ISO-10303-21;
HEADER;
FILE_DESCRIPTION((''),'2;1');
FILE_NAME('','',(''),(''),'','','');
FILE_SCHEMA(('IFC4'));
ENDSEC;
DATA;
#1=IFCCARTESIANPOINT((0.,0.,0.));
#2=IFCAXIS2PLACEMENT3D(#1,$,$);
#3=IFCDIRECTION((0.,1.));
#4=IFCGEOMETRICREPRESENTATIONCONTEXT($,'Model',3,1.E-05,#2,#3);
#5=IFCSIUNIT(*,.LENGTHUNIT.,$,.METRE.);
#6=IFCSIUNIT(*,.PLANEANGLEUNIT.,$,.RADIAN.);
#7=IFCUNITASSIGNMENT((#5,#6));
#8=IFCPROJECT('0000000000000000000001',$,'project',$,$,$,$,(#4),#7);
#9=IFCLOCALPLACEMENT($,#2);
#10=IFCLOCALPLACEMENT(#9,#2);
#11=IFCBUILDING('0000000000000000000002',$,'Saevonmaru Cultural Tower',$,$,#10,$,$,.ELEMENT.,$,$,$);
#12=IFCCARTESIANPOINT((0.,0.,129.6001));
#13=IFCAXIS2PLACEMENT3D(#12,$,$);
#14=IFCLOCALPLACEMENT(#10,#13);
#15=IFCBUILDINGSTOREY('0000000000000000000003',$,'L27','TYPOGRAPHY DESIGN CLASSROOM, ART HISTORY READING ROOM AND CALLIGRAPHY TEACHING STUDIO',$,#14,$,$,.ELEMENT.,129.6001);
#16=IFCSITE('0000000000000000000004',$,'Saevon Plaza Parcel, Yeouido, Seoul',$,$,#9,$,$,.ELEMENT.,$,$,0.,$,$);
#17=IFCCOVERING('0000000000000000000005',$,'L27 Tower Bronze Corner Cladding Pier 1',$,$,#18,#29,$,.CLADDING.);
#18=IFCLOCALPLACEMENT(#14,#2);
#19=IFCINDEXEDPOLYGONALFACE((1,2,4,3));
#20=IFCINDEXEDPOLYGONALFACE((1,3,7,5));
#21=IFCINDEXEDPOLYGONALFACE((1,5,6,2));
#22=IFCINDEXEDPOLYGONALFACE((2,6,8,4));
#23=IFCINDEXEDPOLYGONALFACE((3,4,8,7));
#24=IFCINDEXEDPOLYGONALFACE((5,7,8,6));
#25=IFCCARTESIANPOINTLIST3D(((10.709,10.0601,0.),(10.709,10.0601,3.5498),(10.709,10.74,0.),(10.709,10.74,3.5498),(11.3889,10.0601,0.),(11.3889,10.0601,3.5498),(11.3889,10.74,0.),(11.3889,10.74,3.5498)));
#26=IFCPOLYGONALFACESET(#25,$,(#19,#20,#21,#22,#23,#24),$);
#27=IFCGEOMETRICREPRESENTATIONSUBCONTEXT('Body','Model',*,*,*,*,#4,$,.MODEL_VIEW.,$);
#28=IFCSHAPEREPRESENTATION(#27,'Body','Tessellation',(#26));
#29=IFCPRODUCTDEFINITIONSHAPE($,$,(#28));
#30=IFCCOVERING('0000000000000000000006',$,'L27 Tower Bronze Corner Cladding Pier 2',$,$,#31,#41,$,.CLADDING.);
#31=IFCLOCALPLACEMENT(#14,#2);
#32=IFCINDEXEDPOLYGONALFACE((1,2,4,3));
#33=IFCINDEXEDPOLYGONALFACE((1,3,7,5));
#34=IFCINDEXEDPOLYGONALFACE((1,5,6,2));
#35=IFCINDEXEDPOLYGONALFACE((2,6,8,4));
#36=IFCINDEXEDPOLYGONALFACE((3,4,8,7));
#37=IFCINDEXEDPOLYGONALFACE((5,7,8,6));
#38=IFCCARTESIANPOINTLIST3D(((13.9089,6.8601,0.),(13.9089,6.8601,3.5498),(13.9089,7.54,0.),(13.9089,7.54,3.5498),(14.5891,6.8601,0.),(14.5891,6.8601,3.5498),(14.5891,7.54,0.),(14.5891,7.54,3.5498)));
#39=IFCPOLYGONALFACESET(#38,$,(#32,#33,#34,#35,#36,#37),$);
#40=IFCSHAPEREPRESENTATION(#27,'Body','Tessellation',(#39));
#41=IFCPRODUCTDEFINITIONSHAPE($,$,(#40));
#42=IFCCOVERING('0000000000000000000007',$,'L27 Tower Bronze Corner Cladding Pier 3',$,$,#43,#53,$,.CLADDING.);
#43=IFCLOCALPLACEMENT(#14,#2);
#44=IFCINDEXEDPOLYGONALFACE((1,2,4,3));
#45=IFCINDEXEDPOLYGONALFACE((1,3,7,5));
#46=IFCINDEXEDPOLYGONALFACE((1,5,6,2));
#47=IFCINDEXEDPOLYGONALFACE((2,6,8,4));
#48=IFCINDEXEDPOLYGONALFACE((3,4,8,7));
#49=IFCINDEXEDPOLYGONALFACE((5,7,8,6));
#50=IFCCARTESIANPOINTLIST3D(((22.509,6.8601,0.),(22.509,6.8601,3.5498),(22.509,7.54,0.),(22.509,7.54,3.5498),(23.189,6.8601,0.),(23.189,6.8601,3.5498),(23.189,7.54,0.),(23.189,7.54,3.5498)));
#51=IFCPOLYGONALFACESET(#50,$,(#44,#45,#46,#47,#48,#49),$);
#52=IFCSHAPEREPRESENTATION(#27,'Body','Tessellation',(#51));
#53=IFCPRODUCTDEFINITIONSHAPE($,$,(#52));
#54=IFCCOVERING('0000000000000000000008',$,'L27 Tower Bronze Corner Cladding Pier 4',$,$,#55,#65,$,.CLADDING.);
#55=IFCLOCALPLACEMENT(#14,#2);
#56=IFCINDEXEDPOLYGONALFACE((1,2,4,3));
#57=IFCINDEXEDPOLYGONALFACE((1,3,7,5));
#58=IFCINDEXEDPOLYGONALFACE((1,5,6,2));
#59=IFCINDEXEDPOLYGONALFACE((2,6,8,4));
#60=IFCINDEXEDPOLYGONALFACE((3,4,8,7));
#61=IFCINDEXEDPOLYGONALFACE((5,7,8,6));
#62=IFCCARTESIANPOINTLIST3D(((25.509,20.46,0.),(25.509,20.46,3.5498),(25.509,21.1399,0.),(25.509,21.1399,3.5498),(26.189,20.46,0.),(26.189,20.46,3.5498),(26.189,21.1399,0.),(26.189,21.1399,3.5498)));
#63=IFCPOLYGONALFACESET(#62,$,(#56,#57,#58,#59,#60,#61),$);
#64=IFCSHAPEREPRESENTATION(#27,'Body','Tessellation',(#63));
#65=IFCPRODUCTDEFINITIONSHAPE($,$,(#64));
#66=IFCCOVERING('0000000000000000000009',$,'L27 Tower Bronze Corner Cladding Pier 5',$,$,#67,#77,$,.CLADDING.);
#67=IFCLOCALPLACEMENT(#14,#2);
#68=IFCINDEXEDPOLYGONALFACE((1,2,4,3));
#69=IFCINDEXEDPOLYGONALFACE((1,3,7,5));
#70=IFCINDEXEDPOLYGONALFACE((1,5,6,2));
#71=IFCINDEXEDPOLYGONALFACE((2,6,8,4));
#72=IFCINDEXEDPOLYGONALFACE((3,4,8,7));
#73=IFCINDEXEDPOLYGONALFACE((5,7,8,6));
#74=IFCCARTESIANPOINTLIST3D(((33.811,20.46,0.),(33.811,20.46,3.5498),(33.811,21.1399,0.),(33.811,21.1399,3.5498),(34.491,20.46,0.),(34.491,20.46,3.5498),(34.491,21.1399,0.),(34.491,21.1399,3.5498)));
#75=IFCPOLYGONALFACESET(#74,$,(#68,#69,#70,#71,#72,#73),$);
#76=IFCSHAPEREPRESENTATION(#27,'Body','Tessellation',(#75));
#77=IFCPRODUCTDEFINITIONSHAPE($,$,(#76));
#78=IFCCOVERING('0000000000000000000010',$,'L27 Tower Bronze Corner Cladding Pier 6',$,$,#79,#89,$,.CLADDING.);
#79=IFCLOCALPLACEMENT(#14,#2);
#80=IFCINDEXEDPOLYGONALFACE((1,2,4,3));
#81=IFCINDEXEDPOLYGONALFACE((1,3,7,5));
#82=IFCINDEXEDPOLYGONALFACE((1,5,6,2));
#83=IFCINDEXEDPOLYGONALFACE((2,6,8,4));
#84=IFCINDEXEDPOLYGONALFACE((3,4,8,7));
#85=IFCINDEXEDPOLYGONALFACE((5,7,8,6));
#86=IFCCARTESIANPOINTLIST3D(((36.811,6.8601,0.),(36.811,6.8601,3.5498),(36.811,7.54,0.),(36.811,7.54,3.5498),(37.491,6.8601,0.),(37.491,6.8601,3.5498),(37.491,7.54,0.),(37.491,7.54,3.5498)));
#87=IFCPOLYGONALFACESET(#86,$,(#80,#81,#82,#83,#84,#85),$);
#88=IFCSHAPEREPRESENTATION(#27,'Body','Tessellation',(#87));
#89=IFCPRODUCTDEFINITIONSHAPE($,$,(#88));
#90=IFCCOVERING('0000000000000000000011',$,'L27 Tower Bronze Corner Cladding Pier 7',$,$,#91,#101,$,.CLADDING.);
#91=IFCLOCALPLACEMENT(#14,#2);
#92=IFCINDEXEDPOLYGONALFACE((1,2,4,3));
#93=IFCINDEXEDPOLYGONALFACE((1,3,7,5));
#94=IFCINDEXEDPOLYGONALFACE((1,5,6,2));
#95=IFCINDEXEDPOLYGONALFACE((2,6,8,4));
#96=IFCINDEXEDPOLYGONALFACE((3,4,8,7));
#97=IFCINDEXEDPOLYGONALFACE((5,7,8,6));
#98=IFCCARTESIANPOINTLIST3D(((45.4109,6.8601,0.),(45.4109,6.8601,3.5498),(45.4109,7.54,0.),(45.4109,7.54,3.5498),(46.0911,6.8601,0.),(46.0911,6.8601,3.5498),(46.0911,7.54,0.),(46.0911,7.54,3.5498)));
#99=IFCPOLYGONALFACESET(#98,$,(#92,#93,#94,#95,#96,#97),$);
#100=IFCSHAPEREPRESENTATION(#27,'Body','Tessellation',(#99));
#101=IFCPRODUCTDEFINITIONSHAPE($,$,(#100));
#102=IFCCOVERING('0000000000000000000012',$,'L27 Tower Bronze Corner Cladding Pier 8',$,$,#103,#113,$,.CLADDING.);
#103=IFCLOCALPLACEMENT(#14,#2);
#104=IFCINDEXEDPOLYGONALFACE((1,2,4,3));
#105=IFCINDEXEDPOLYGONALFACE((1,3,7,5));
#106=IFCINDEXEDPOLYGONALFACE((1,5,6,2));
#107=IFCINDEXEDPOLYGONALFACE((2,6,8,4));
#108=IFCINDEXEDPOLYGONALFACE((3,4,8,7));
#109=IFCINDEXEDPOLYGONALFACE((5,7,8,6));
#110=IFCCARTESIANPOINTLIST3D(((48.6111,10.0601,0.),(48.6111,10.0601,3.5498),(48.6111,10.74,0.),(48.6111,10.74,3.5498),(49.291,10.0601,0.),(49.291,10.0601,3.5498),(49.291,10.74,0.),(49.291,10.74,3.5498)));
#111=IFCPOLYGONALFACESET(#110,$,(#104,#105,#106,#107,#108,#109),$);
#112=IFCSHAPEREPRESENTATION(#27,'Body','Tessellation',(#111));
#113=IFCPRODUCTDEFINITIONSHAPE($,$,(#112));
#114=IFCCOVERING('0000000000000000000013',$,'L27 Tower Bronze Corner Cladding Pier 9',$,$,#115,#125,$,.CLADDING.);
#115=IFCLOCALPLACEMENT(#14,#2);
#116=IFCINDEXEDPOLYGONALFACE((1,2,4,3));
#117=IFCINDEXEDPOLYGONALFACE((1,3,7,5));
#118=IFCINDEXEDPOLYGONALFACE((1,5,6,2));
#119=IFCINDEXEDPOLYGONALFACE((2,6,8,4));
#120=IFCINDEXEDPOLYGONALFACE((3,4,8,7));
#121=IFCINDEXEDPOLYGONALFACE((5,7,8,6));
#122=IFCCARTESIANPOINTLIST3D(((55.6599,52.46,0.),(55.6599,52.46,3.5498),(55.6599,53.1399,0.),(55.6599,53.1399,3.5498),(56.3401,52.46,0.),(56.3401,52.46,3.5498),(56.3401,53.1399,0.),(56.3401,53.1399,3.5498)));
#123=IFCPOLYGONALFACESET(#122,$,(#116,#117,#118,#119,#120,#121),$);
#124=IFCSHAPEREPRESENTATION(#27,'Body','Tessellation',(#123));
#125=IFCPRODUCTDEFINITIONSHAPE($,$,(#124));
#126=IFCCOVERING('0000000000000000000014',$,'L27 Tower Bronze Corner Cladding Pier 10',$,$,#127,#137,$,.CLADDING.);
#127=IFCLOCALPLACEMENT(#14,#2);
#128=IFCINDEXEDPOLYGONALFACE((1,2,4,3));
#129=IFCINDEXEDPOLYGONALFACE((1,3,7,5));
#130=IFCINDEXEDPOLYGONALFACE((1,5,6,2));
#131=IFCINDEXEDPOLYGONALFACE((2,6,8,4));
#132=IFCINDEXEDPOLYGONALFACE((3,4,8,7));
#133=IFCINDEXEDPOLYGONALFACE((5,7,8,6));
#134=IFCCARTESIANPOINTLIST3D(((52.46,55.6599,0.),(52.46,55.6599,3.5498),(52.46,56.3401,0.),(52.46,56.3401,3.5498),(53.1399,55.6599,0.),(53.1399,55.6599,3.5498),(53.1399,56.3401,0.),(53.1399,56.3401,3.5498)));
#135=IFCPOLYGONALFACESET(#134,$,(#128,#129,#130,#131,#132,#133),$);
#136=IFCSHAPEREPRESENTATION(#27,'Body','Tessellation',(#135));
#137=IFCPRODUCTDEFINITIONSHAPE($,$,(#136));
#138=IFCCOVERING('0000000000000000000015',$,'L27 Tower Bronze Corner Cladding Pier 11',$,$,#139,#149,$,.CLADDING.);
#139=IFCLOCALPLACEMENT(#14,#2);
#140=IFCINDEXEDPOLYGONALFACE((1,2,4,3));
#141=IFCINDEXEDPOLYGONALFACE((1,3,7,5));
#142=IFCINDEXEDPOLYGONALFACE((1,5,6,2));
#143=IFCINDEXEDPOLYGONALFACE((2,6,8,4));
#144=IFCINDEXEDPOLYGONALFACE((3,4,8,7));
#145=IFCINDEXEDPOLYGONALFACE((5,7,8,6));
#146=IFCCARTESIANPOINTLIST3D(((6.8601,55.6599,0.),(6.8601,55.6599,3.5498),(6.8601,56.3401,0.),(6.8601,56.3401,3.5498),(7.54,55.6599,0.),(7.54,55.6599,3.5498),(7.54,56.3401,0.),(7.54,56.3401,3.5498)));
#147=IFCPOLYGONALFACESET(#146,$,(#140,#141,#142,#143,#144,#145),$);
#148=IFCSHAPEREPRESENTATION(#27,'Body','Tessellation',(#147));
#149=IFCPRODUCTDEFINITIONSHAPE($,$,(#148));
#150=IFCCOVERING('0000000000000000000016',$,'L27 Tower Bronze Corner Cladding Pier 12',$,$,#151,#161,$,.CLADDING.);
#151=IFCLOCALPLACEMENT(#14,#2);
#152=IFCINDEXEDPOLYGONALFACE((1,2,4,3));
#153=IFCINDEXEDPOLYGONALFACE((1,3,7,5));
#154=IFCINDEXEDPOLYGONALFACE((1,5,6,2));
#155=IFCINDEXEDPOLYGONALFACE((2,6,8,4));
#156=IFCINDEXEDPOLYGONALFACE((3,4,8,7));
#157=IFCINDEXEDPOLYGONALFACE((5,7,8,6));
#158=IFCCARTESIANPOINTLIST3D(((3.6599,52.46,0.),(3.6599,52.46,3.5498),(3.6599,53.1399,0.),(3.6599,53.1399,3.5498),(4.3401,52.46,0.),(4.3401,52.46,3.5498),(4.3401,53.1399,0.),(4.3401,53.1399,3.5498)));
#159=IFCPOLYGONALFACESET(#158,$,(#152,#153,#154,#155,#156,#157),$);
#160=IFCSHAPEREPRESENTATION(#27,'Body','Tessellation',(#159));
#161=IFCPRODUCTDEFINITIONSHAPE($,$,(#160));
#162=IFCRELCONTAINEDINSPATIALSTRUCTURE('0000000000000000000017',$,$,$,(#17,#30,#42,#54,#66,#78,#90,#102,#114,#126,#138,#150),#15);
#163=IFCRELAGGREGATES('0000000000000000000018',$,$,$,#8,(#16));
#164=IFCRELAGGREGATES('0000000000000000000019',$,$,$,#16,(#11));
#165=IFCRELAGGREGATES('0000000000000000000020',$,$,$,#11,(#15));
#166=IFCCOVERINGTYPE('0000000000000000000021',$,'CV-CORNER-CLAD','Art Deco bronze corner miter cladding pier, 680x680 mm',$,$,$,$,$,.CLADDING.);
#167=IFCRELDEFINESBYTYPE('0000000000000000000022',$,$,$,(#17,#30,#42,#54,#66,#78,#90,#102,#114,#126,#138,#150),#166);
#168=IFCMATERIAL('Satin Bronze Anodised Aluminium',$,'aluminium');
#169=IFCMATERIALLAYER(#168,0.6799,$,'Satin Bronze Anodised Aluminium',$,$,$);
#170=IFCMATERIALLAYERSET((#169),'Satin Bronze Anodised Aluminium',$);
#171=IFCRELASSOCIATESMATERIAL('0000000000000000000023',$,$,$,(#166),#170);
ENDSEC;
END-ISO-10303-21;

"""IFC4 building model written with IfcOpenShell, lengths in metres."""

from ifc_helpers import new_model, si_unit, direction, frame, origin, place, context, subcontext, project, spatial, polyline, outline, extrude, material, layer, layer_set, type_object, element, save


model = new_model("IFC4")

# Units and contexts
model_context = context("Model", 3, precision=1e-05, world=origin(), true_north=direction((0.0, 1.0)))
body_context = subcontext(model_context, "Body", "Model", "MODEL_VIEW")
ifc_project = project(units=[si_unit("LENGTHUNIT", "METRE"), si_unit("PLANEANGLEUNIT", "RADIAN")], contexts=[model_context])

# Site, building, storey
site_placement = place(None, origin())
site = spatial("IfcSite", under=ifc_project, at=site_placement, Name="Saevon Plaza Parcel, Yeouido, Seoul", CompositionType="ELEMENT", RefElevation=0.0)
building_placement = place(site_placement, origin())
building = spatial("IfcBuilding", under=site, at=building_placement, Name="Saevonmaru Cultural Tower", CompositionType="ELEMENT")
storey_placement = place(building_placement, frame((0.0, 0.0, 129.6001)))
storey = spatial("IfcBuildingStorey", under=building, at=storey_placement, Name="L27", Description="TYPOGRAPHY DESIGN CLASSROOM, ART HISTORY READING ROOM AND CALLIGRAPHY TEACHING STUDIO", CompositionType="ELEMENT", Elevation=129.6001)

# Shared definitions
ifc_material_1 = material(Name="Satin Bronze Anodised Aluminium", Category="aluminium")

# Coverings
ifc_layer_1 = layer(ifc_material_1, 0.6799, Name="Satin Bronze Anodised Aluminium")
ifc_layer_set_1 = layer_set([ifc_layer_1], Name="Satin Bronze Anodised Aluminium")
covering_type_1 = type_object("IfcCoveringType", Name="CV-CORNER-CLAD", Description="Art Deco bronze corner miter cladding pier, 680x680 mm", PredefinedType="CLADDING", material=ifc_layer_set_1)
covering_1_placement = place(storey_placement, origin())
element("IfcCovering", 1, at=covering_1_placement, inside=storey, type_object=covering_type_1, Name="L27 Tower Bronze Corner Cladding Pier 1", PredefinedType="CLADDING", context=body_context, shape_type="SweptSolid", body=[
    extrude(outline(polyline([(10.709, 10.0601), (11.3889, 10.0601), (11.3889, 10.74), (10.709, 10.74), (10.709, 10.0601)])), origin(), (0.0, 0.0, 1.0), 3.5498),
])
covering_2_placement = place(storey_placement, origin())
element("IfcCovering", 2, at=covering_2_placement, inside=storey, type_object=covering_type_1, Name="L27 Tower Bronze Corner Cladding Pier 2", PredefinedType="CLADDING", context=body_context, shape_type="SweptSolid", body=[
    extrude(outline(polyline([(13.9089, 6.8601), (14.5891, 6.8601), (14.5891, 7.54), (13.9089, 7.54), (13.9089, 6.8601)])), origin(), (0.0, 0.0, 1.0), 3.5498),
])
covering_3_placement = place(storey_placement, origin())
element("IfcCovering", 3, at=covering_3_placement, inside=storey, type_object=covering_type_1, Name="L27 Tower Bronze Corner Cladding Pier 3", PredefinedType="CLADDING", context=body_context, shape_type="SweptSolid", body=[
    extrude(outline(polyline([(22.509, 6.8601), (23.189, 6.8601), (23.189, 7.54), (22.509, 7.54), (22.509, 6.8601)])), origin(), (0.0, 0.0, 1.0), 3.5498),
])
covering_4_placement = place(storey_placement, origin())
element("IfcCovering", 4, at=covering_4_placement, inside=storey, type_object=covering_type_1, Name="L27 Tower Bronze Corner Cladding Pier 4", PredefinedType="CLADDING", context=body_context, shape_type="SweptSolid", body=[
    extrude(outline(polyline([(25.509, 20.46), (26.189, 20.46), (26.189, 21.1399), (25.509, 21.1399), (25.509, 20.46)])), origin(), (0.0, 0.0, 1.0), 3.5498),
])
covering_5_placement = place(storey_placement, origin())
element("IfcCovering", 5, at=covering_5_placement, inside=storey, type_object=covering_type_1, Name="L27 Tower Bronze Corner Cladding Pier 5", PredefinedType="CLADDING", context=body_context, shape_type="SweptSolid", body=[
    extrude(outline(polyline([(33.811, 20.46), (34.491, 20.46), (34.491, 21.1399), (33.811, 21.1399), (33.811, 20.46)])), origin(), (0.0, 0.0, 1.0), 3.5498),
])
covering_6_placement = place(storey_placement, origin())
element("IfcCovering", 6, at=covering_6_placement, inside=storey, type_object=covering_type_1, Name="L27 Tower Bronze Corner Cladding Pier 6", PredefinedType="CLADDING", context=body_context, shape_type="SweptSolid", body=[
    extrude(outline(polyline([(36.811, 6.8601), (37.491, 6.8601), (37.491, 7.54), (36.811, 7.54), (36.811, 6.8601)])), origin(), (0.0, 0.0, 1.0), 3.5498),
])
covering_7_placement = place(storey_placement, origin())
element("IfcCovering", 7, at=covering_7_placement, inside=storey, type_object=covering_type_1, Name="L27 Tower Bronze Corner Cladding Pier 7", PredefinedType="CLADDING", context=body_context, shape_type="SweptSolid", body=[
    extrude(outline(polyline([(45.4109, 6.8601), (46.0911, 6.8601), (46.0911, 7.54), (45.4109, 7.54), (45.4109, 6.8601)])), origin(), (0.0, 0.0, 1.0), 3.5498),
])
covering_8_placement = place(storey_placement, origin())
element("IfcCovering", 8, at=covering_8_placement, inside=storey, type_object=covering_type_1, Name="L27 Tower Bronze Corner Cladding Pier 8", PredefinedType="CLADDING", context=body_context, shape_type="SweptSolid", body=[
    extrude(outline(polyline([(48.6111, 10.0601), (49.291, 10.0601), (49.291, 10.74), (48.6111, 10.74), (48.6111, 10.0601)])), origin(), (0.0, 0.0, 1.0), 3.5498),
])
covering_9_placement = place(storey_placement, origin())
element("IfcCovering", 9, at=covering_9_placement, inside=storey, type_object=covering_type_1, Name="L27 Tower Bronze Corner Cladding Pier 9", PredefinedType="CLADDING", context=body_context, shape_type="SweptSolid", body=[
    extrude(outline(polyline([(55.6599, 52.46), (56.3401, 52.46), (56.3401, 53.1399), (55.6599, 53.1399), (55.6599, 52.46)])), origin(), (0.0, 0.0, 1.0), 3.5498),
])
covering_10_placement = place(storey_placement, origin())
element("IfcCovering", 10, at=covering_10_placement, inside=storey, type_object=covering_type_1, Name="L27 Tower Bronze Corner Cladding Pier 10", PredefinedType="CLADDING", context=body_context, shape_type="SweptSolid", body=[
    extrude(outline(polyline([(52.46, 55.6599), (53.1399, 55.6599), (53.1399, 56.3401), (52.46, 56.3401), (52.46, 55.6599)])), origin(), (0.0, 0.0, 1.0), 3.5498),
])
covering_11_placement = place(storey_placement, origin())
element("IfcCovering", 11, at=covering_11_placement, inside=storey, type_object=covering_type_1, Name="L27 Tower Bronze Corner Cladding Pier 11", PredefinedType="CLADDING", context=body_context, shape_type="SweptSolid", body=[
    extrude(outline(polyline([(6.8601, 55.6599), (7.54, 55.6599), (7.54, 56.3401), (6.8601, 56.3401), (6.8601, 55.6599)])), origin(), (0.0, 0.0, 1.0), 3.5498),
])
covering_12_placement = place(storey_placement, origin())
element("IfcCovering", 12, at=covering_12_placement, inside=storey, type_object=covering_type_1, Name="L27 Tower Bronze Corner Cladding Pier 12", PredefinedType="CLADDING", context=body_context, shape_type="SweptSolid", body=[
    extrude(outline(polyline([(3.6599, 52.46), (4.3401, 52.46), (4.3401, 53.1399), (3.6599, 53.1399), (3.6599, 52.46)])), origin(), (0.0, 0.0, 1.0), 3.5498),
])

save(model, "model.ifc")
